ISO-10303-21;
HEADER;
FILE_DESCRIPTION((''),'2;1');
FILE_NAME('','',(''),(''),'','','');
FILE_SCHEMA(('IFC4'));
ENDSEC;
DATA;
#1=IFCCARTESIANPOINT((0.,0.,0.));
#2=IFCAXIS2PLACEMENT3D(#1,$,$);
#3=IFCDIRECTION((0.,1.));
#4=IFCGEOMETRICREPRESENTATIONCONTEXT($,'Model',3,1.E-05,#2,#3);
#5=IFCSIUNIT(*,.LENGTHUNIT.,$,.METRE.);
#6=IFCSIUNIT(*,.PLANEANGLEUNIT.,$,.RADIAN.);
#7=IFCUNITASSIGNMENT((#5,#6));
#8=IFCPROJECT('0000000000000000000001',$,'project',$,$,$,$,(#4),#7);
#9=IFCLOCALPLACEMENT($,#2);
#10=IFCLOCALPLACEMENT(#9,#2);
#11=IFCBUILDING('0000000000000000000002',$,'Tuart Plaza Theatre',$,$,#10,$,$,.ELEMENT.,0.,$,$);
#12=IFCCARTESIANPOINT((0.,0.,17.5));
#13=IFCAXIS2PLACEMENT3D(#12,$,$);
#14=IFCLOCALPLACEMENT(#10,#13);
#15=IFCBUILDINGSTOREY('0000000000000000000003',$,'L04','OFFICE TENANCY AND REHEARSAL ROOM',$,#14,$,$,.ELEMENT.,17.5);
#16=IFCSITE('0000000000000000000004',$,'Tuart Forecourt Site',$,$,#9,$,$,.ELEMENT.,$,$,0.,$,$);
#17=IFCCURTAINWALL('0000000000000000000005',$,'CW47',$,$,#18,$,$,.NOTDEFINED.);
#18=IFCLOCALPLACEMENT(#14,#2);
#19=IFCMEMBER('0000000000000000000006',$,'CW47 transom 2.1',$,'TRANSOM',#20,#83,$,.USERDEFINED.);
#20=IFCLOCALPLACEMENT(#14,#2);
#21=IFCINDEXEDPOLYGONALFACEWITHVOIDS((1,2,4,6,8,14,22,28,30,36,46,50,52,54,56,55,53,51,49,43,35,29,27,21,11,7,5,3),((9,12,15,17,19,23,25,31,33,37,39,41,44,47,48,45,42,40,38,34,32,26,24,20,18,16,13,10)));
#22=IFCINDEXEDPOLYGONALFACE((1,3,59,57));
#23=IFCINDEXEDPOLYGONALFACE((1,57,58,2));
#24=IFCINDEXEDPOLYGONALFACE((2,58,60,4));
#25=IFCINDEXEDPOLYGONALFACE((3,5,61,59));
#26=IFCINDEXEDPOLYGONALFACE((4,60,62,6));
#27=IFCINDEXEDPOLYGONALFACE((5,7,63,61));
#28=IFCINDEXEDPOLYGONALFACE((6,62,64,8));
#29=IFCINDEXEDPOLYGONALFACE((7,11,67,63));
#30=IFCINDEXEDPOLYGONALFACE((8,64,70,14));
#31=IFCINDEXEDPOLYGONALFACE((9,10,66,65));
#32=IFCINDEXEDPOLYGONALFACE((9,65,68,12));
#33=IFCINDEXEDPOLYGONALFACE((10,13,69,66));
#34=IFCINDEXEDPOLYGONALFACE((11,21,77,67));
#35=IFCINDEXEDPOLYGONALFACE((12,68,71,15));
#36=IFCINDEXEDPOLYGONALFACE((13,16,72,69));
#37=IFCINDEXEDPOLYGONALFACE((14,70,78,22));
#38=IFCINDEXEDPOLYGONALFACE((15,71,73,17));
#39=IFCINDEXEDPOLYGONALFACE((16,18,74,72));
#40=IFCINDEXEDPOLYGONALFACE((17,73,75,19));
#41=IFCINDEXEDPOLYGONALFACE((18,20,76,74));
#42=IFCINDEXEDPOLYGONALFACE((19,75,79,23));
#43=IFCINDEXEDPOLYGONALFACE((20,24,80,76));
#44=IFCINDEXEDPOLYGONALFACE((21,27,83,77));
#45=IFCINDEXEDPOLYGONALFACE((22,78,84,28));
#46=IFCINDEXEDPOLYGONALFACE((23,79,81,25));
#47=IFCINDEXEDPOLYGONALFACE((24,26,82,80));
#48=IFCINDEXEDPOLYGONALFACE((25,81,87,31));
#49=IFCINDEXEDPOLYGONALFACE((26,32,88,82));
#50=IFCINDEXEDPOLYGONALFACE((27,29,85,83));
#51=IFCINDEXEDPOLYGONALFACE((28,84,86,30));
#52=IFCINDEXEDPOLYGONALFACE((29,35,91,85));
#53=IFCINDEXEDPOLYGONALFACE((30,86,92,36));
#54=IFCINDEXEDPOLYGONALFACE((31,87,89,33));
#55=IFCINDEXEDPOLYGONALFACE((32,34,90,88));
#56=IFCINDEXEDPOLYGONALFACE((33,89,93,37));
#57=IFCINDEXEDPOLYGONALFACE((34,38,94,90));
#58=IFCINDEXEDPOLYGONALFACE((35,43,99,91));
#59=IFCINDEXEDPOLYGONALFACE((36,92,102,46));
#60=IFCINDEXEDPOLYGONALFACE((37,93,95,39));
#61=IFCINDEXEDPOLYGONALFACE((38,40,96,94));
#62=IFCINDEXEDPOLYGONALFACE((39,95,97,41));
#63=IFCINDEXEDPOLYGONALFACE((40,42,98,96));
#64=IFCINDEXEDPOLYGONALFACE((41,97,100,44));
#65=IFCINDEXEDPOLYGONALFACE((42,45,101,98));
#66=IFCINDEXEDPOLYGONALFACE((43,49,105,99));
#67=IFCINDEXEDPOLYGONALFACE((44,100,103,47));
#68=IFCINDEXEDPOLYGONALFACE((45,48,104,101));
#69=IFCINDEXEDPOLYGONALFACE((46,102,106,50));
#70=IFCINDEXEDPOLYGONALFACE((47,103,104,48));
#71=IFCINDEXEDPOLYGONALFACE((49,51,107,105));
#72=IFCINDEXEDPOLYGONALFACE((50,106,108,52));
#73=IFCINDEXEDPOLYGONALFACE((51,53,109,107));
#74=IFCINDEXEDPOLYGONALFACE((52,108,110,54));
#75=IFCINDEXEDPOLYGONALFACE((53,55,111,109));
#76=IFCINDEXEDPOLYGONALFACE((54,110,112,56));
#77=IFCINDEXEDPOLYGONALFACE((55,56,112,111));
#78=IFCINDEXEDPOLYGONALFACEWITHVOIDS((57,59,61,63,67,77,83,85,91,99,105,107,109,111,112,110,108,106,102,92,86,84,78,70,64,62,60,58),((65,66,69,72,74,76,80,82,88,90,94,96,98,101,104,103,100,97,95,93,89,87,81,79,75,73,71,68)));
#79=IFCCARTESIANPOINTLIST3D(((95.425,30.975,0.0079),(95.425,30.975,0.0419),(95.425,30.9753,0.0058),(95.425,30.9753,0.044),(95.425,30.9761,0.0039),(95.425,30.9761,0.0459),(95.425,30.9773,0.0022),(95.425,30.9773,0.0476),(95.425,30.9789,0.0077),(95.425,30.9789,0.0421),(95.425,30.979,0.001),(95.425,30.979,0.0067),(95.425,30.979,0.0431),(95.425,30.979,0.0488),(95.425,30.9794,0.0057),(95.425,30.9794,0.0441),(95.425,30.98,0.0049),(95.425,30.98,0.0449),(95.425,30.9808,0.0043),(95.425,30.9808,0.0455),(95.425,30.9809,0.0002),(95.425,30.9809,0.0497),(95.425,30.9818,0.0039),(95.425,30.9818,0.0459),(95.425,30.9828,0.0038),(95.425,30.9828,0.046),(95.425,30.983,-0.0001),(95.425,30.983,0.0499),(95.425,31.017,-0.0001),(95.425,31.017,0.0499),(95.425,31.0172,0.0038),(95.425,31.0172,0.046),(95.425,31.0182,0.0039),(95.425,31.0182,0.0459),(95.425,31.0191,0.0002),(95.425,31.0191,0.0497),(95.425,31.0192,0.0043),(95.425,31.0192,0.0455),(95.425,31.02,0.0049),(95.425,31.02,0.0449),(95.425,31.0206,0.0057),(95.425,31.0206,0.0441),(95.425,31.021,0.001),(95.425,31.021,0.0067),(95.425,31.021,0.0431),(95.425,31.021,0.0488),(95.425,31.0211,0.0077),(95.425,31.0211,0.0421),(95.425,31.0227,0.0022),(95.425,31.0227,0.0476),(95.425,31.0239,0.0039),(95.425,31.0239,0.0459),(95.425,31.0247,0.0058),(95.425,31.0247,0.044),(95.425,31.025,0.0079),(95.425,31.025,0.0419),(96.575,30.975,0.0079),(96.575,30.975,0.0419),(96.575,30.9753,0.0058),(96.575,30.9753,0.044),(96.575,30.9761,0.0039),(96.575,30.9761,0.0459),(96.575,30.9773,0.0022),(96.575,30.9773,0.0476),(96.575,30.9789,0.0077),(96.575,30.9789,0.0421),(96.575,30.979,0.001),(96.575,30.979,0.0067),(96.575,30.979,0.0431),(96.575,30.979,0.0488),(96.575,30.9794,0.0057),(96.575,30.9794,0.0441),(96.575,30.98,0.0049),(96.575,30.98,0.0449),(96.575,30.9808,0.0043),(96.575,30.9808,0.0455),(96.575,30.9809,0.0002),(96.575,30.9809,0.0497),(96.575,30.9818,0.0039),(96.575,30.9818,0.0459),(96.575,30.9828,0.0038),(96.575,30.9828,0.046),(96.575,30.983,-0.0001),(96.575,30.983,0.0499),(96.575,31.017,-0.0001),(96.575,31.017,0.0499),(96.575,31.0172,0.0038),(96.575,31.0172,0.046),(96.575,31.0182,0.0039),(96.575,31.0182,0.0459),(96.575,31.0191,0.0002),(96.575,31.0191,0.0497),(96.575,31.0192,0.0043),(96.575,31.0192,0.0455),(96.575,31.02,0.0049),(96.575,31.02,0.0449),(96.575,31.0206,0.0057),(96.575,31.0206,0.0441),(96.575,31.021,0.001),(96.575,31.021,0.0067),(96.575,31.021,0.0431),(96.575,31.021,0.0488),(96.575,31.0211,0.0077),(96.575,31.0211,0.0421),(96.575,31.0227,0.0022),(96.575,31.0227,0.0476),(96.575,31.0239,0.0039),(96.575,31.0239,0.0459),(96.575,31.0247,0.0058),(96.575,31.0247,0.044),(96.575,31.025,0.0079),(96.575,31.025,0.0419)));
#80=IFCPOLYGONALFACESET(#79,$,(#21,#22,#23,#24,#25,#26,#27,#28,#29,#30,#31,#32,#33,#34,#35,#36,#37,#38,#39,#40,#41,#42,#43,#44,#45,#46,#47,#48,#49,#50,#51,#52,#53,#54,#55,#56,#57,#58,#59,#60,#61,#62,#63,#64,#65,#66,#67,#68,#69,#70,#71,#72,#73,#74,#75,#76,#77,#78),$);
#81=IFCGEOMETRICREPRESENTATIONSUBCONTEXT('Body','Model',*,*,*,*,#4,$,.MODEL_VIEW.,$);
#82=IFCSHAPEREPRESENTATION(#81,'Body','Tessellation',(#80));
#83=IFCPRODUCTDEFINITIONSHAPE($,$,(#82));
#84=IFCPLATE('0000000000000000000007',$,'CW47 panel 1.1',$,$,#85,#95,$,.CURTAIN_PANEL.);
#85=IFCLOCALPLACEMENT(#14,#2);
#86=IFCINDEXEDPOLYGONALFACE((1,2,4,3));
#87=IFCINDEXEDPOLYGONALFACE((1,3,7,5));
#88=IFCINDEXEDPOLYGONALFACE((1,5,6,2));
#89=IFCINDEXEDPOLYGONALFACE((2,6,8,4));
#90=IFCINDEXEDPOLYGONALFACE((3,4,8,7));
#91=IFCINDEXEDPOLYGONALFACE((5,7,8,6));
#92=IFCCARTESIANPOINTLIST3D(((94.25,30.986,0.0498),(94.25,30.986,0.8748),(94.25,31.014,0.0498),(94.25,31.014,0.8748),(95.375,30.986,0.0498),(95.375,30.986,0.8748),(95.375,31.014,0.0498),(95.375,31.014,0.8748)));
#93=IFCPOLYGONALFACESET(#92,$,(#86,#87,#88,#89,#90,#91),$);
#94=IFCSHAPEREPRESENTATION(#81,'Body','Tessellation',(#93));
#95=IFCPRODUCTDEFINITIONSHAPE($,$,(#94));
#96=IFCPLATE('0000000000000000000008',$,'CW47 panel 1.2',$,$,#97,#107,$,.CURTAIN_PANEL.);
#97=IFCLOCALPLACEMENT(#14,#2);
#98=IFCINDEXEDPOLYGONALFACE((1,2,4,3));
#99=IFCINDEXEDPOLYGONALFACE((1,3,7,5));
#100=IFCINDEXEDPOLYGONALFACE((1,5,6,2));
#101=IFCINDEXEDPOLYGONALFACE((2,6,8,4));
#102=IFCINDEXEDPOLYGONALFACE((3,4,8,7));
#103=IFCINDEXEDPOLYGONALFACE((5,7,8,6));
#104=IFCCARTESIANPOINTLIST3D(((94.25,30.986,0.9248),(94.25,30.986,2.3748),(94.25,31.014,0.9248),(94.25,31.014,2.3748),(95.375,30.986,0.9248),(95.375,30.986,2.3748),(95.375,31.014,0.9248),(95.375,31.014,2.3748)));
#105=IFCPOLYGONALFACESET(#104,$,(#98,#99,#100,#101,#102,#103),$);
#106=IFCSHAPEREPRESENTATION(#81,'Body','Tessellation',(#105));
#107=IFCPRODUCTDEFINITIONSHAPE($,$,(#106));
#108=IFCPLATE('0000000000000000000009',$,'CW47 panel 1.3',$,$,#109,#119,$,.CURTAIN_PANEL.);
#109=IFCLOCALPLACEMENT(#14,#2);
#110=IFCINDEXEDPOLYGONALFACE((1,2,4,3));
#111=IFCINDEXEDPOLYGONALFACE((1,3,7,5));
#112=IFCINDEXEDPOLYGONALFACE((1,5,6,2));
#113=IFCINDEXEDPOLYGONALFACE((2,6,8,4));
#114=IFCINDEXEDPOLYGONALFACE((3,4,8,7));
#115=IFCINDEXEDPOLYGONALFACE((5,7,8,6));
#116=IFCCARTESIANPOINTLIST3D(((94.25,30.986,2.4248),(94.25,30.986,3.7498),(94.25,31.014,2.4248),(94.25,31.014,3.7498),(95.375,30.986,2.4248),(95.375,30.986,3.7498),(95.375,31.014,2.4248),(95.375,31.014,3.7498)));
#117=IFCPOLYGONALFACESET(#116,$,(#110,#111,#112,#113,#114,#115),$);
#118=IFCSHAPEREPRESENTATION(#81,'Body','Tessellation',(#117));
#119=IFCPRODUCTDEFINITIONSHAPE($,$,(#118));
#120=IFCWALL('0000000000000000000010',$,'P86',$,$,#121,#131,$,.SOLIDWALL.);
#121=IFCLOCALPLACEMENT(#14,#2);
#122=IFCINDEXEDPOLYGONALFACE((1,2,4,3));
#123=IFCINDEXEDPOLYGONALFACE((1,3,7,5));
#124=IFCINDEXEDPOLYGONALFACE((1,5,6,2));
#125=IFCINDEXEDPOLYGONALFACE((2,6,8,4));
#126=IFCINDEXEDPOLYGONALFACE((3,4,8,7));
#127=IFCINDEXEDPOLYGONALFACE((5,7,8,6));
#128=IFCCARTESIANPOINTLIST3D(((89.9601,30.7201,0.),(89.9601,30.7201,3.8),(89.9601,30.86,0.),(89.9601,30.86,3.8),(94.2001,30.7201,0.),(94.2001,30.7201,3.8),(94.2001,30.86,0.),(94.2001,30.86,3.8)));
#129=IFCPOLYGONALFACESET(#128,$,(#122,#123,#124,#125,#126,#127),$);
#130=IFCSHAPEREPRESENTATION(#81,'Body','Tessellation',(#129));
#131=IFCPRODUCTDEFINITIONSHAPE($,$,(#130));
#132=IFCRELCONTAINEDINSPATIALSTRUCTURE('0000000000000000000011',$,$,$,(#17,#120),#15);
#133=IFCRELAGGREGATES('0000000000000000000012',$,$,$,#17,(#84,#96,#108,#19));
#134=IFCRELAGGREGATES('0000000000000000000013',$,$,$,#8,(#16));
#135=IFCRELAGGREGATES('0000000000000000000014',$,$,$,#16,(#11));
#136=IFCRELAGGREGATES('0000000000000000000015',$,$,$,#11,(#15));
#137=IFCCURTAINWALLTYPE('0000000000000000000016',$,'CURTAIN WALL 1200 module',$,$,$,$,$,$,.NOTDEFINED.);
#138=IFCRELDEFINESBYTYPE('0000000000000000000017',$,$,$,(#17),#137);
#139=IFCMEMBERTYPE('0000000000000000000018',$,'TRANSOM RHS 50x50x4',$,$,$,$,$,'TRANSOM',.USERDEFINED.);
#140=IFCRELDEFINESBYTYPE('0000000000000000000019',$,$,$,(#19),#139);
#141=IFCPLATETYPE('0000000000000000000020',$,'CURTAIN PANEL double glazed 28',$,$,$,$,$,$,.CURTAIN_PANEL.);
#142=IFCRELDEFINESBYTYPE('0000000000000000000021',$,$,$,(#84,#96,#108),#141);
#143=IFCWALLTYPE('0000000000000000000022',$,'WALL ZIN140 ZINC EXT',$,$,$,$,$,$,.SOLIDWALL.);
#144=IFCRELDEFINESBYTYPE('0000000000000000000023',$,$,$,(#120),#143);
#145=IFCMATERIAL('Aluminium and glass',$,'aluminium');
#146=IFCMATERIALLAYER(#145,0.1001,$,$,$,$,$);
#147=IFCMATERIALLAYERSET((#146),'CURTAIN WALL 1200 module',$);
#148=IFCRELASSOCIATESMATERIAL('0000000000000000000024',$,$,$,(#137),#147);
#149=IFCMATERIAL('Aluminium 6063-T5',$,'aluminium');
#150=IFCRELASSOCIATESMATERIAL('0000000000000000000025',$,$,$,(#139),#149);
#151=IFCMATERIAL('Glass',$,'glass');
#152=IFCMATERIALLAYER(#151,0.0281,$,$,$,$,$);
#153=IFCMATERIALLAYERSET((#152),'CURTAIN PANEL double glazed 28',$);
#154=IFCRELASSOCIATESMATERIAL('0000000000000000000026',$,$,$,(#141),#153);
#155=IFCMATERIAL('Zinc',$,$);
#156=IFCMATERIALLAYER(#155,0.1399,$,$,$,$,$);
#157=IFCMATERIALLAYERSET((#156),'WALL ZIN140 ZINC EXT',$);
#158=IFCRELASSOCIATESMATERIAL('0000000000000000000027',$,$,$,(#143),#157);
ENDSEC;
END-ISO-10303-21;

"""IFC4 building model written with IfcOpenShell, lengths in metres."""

from ifc_helpers import new_model, si_unit, direction, frame, frame_2d, origin, origin_2d, place, context, subcontext, project, spatial, rectangle, hollow_rectangle, extrude, material, layer, layer_set, material_profile, profile_set, type_object, element, aggregate, save


model = new_model("IFC4")

# Units and contexts
model_context = context("Model", 3, precision=1e-05, world=origin(), true_north=direction((0.0, 1.0)))
body_context = subcontext(model_context, "Body", "Model", "MODEL_VIEW")
ifc_project = project(units=[si_unit("LENGTHUNIT", "METRE"), si_unit("PLANEANGLEUNIT", "RADIAN")], contexts=[model_context])

# Site, building, storey
site_placement = place(None, origin())
site = spatial("IfcSite", under=ifc_project, at=site_placement, Name="Tuart Forecourt Site", CompositionType="ELEMENT", RefElevation=0.0)
building_placement = place(site_placement, origin())
building = spatial("IfcBuilding", under=site, at=building_placement, Name="Tuart Plaza Theatre", CompositionType="ELEMENT", ElevationOfRefHeight=0.0)
storey_placement = place(building_placement, frame((0.0, 0.0, 17.5)))
storey = spatial("IfcBuildingStorey", under=building, at=storey_placement, Name="L04", Description="OFFICE TENANCY AND REHEARSAL ROOM", CompositionType="ELEMENT", Elevation=17.5)

# Curtain wall, member, plates
ifc_material_1 = material(Name="Aluminium and glass", Category="aluminium")
ifc_layer_1 = layer(ifc_material_1, 0.1001)
ifc_layer_set_1 = layer_set([ifc_layer_1], Name="CURTAIN WALL 1200 module")
curtain_wall_type = type_object("IfcCurtainWallType", Name="CURTAIN WALL 1200 module", PredefinedType="NOTDEFINED", material=ifc_layer_set_1)
curtain_wall_placement = place(storey_placement, origin())
curtain_wall = element("IfcCurtainWall", 1, at=curtain_wall_placement, inside=storey, type_object=curtain_wall_type, Name="CW47", PredefinedType="NOTDEFINED")
ifc_material_2 = material(Name="Aluminium 6063-T5", Category="aluminium")
ifc_material_profile_1 = material_profile(ifc_material_2, hollow_rectangle(XDim=0.05, YDim=0.05, WallThickness=0.0039, InnerFilletRadius=0.0039, OuterFilletRadius=0.0081, at=origin_2d()), Name="RHS 50x50x4")
ifc_profile_set_1 = profile_set([ifc_material_profile_1], Name="Aluminium 6063-T5")
member_type_1 = type_object("IfcMemberType", Name="TRANSOM RHS 50x50x4", ElementType="TRANSOM", PredefinedType="USERDEFINED", material=ifc_profile_set_1)
member_1_placement = place(storey_placement, frame((95.425, 31.0, 0.0249), z_axis=(1.0, 0.0, 0.0), x_axis=(0.0, 1.0, 0.0)))
member_1 = element("IfcMember", 2, at=member_1_placement, type_object=member_type_1, Name="CW47 transom 2.1", ObjectType="TRANSOM", PredefinedType="USERDEFINED", context=body_context, shape_type="SweptSolid", body=[
    extrude(hollow_rectangle(XDim=0.05, YDim=0.05, WallThickness=0.0039, InnerFilletRadius=0.0039, OuterFilletRadius=0.0081, at=origin_2d()), origin(), (0.0, 0.0, 1.0), 1.1499),
])
ifc_material_3 = material(Name="Glass", Category="glass")
ifc_layer_2 = layer(ifc_material_3, 0.0281)
ifc_layer_set_2 = layer_set([ifc_layer_2], Name="CURTAIN PANEL double glazed 28")
plate_type = type_object("IfcPlateType", Name="CURTAIN PANEL double glazed 28", PredefinedType="CURTAIN_PANEL", material=ifc_layer_set_2)
plate_1_placement = place(storey_placement, frame((94.8125, 31.0, 0.0498), z_axis=(0.0, 0.0, 1.0), x_axis=(1.0, 0.0, 0.0)))
plate_1 = element("IfcPlate", 3, at=plate_1_placement, type_object=plate_type, Name="CW47 panel 1.1", PredefinedType="CURTAIN_PANEL", context=body_context, shape_type="SweptSolid", body=[
    extrude(rectangle(XDim=1.125, YDim=0.0281, at=origin_2d()), origin(), (0.0, 0.0, 1.0), 0.825),
])
plate_2_placement = place(storey_placement, frame((94.8125, 31.0, 0.9248), z_axis=(0.0, 0.0, 1.0), x_axis=(1.0, 0.0, 0.0)))
plate_2 = element("IfcPlate", 4, at=plate_2_placement, type_object=plate_type, Name="CW47 panel 1.2", PredefinedType="CURTAIN_PANEL", context=body_context, shape_type="SweptSolid", body=[
    extrude(rectangle(XDim=1.125, YDim=0.0281, at=origin_2d()), origin(), (0.0, 0.0, 1.0), 1.45),
])
plate_3_placement = place(storey_placement, frame((94.8125, 31.0, 2.4248), z_axis=(0.0, 0.0, 1.0), x_axis=(1.0, 0.0, 0.0)))
plate_3 = element("IfcPlate", 5, at=plate_3_placement, type_object=plate_type, Name="CW47 panel 1.3", PredefinedType="CURTAIN_PANEL", context=body_context, shape_type="SweptSolid", body=[
    extrude(rectangle(XDim=1.125, YDim=0.0281, at=origin_2d()), origin(), (0.0, 0.0, 1.0), 1.325),
])
aggregate(curtain_wall, [plate_1, plate_2, plate_3, member_1])

# Wall
ifc_material_4 = material(Name="Zinc")
ifc_layer_3 = layer(ifc_material_4, 0.1399)
ifc_layer_set_3 = layer_set([ifc_layer_3], Name="WALL ZIN140 ZINC EXT")
wall_type = type_object("IfcWallType", Name="WALL ZIN140 ZINC EXT", PredefinedType="SOLIDWALL", material=ifc_layer_set_3)
wall_placement = place(storey_placement, frame((89.96, 30.79, 0.0), z_axis=(0.0, 0.0, 1.0), x_axis=(1.0, 0.0, 0.0)))
element("IfcWall", 6, at=wall_placement, inside=storey, type_object=wall_type, Name="P86", PredefinedType="SOLIDWALL", context=body_context, shape_type="SweptSolid", body=[
    extrude(rectangle(XDim=4.24, YDim=0.1399, at=frame_2d((2.1201, 0.0))), origin(), (0.0, 0.0, 1.0), 3.8),
])

save(model, "model.ifc")
